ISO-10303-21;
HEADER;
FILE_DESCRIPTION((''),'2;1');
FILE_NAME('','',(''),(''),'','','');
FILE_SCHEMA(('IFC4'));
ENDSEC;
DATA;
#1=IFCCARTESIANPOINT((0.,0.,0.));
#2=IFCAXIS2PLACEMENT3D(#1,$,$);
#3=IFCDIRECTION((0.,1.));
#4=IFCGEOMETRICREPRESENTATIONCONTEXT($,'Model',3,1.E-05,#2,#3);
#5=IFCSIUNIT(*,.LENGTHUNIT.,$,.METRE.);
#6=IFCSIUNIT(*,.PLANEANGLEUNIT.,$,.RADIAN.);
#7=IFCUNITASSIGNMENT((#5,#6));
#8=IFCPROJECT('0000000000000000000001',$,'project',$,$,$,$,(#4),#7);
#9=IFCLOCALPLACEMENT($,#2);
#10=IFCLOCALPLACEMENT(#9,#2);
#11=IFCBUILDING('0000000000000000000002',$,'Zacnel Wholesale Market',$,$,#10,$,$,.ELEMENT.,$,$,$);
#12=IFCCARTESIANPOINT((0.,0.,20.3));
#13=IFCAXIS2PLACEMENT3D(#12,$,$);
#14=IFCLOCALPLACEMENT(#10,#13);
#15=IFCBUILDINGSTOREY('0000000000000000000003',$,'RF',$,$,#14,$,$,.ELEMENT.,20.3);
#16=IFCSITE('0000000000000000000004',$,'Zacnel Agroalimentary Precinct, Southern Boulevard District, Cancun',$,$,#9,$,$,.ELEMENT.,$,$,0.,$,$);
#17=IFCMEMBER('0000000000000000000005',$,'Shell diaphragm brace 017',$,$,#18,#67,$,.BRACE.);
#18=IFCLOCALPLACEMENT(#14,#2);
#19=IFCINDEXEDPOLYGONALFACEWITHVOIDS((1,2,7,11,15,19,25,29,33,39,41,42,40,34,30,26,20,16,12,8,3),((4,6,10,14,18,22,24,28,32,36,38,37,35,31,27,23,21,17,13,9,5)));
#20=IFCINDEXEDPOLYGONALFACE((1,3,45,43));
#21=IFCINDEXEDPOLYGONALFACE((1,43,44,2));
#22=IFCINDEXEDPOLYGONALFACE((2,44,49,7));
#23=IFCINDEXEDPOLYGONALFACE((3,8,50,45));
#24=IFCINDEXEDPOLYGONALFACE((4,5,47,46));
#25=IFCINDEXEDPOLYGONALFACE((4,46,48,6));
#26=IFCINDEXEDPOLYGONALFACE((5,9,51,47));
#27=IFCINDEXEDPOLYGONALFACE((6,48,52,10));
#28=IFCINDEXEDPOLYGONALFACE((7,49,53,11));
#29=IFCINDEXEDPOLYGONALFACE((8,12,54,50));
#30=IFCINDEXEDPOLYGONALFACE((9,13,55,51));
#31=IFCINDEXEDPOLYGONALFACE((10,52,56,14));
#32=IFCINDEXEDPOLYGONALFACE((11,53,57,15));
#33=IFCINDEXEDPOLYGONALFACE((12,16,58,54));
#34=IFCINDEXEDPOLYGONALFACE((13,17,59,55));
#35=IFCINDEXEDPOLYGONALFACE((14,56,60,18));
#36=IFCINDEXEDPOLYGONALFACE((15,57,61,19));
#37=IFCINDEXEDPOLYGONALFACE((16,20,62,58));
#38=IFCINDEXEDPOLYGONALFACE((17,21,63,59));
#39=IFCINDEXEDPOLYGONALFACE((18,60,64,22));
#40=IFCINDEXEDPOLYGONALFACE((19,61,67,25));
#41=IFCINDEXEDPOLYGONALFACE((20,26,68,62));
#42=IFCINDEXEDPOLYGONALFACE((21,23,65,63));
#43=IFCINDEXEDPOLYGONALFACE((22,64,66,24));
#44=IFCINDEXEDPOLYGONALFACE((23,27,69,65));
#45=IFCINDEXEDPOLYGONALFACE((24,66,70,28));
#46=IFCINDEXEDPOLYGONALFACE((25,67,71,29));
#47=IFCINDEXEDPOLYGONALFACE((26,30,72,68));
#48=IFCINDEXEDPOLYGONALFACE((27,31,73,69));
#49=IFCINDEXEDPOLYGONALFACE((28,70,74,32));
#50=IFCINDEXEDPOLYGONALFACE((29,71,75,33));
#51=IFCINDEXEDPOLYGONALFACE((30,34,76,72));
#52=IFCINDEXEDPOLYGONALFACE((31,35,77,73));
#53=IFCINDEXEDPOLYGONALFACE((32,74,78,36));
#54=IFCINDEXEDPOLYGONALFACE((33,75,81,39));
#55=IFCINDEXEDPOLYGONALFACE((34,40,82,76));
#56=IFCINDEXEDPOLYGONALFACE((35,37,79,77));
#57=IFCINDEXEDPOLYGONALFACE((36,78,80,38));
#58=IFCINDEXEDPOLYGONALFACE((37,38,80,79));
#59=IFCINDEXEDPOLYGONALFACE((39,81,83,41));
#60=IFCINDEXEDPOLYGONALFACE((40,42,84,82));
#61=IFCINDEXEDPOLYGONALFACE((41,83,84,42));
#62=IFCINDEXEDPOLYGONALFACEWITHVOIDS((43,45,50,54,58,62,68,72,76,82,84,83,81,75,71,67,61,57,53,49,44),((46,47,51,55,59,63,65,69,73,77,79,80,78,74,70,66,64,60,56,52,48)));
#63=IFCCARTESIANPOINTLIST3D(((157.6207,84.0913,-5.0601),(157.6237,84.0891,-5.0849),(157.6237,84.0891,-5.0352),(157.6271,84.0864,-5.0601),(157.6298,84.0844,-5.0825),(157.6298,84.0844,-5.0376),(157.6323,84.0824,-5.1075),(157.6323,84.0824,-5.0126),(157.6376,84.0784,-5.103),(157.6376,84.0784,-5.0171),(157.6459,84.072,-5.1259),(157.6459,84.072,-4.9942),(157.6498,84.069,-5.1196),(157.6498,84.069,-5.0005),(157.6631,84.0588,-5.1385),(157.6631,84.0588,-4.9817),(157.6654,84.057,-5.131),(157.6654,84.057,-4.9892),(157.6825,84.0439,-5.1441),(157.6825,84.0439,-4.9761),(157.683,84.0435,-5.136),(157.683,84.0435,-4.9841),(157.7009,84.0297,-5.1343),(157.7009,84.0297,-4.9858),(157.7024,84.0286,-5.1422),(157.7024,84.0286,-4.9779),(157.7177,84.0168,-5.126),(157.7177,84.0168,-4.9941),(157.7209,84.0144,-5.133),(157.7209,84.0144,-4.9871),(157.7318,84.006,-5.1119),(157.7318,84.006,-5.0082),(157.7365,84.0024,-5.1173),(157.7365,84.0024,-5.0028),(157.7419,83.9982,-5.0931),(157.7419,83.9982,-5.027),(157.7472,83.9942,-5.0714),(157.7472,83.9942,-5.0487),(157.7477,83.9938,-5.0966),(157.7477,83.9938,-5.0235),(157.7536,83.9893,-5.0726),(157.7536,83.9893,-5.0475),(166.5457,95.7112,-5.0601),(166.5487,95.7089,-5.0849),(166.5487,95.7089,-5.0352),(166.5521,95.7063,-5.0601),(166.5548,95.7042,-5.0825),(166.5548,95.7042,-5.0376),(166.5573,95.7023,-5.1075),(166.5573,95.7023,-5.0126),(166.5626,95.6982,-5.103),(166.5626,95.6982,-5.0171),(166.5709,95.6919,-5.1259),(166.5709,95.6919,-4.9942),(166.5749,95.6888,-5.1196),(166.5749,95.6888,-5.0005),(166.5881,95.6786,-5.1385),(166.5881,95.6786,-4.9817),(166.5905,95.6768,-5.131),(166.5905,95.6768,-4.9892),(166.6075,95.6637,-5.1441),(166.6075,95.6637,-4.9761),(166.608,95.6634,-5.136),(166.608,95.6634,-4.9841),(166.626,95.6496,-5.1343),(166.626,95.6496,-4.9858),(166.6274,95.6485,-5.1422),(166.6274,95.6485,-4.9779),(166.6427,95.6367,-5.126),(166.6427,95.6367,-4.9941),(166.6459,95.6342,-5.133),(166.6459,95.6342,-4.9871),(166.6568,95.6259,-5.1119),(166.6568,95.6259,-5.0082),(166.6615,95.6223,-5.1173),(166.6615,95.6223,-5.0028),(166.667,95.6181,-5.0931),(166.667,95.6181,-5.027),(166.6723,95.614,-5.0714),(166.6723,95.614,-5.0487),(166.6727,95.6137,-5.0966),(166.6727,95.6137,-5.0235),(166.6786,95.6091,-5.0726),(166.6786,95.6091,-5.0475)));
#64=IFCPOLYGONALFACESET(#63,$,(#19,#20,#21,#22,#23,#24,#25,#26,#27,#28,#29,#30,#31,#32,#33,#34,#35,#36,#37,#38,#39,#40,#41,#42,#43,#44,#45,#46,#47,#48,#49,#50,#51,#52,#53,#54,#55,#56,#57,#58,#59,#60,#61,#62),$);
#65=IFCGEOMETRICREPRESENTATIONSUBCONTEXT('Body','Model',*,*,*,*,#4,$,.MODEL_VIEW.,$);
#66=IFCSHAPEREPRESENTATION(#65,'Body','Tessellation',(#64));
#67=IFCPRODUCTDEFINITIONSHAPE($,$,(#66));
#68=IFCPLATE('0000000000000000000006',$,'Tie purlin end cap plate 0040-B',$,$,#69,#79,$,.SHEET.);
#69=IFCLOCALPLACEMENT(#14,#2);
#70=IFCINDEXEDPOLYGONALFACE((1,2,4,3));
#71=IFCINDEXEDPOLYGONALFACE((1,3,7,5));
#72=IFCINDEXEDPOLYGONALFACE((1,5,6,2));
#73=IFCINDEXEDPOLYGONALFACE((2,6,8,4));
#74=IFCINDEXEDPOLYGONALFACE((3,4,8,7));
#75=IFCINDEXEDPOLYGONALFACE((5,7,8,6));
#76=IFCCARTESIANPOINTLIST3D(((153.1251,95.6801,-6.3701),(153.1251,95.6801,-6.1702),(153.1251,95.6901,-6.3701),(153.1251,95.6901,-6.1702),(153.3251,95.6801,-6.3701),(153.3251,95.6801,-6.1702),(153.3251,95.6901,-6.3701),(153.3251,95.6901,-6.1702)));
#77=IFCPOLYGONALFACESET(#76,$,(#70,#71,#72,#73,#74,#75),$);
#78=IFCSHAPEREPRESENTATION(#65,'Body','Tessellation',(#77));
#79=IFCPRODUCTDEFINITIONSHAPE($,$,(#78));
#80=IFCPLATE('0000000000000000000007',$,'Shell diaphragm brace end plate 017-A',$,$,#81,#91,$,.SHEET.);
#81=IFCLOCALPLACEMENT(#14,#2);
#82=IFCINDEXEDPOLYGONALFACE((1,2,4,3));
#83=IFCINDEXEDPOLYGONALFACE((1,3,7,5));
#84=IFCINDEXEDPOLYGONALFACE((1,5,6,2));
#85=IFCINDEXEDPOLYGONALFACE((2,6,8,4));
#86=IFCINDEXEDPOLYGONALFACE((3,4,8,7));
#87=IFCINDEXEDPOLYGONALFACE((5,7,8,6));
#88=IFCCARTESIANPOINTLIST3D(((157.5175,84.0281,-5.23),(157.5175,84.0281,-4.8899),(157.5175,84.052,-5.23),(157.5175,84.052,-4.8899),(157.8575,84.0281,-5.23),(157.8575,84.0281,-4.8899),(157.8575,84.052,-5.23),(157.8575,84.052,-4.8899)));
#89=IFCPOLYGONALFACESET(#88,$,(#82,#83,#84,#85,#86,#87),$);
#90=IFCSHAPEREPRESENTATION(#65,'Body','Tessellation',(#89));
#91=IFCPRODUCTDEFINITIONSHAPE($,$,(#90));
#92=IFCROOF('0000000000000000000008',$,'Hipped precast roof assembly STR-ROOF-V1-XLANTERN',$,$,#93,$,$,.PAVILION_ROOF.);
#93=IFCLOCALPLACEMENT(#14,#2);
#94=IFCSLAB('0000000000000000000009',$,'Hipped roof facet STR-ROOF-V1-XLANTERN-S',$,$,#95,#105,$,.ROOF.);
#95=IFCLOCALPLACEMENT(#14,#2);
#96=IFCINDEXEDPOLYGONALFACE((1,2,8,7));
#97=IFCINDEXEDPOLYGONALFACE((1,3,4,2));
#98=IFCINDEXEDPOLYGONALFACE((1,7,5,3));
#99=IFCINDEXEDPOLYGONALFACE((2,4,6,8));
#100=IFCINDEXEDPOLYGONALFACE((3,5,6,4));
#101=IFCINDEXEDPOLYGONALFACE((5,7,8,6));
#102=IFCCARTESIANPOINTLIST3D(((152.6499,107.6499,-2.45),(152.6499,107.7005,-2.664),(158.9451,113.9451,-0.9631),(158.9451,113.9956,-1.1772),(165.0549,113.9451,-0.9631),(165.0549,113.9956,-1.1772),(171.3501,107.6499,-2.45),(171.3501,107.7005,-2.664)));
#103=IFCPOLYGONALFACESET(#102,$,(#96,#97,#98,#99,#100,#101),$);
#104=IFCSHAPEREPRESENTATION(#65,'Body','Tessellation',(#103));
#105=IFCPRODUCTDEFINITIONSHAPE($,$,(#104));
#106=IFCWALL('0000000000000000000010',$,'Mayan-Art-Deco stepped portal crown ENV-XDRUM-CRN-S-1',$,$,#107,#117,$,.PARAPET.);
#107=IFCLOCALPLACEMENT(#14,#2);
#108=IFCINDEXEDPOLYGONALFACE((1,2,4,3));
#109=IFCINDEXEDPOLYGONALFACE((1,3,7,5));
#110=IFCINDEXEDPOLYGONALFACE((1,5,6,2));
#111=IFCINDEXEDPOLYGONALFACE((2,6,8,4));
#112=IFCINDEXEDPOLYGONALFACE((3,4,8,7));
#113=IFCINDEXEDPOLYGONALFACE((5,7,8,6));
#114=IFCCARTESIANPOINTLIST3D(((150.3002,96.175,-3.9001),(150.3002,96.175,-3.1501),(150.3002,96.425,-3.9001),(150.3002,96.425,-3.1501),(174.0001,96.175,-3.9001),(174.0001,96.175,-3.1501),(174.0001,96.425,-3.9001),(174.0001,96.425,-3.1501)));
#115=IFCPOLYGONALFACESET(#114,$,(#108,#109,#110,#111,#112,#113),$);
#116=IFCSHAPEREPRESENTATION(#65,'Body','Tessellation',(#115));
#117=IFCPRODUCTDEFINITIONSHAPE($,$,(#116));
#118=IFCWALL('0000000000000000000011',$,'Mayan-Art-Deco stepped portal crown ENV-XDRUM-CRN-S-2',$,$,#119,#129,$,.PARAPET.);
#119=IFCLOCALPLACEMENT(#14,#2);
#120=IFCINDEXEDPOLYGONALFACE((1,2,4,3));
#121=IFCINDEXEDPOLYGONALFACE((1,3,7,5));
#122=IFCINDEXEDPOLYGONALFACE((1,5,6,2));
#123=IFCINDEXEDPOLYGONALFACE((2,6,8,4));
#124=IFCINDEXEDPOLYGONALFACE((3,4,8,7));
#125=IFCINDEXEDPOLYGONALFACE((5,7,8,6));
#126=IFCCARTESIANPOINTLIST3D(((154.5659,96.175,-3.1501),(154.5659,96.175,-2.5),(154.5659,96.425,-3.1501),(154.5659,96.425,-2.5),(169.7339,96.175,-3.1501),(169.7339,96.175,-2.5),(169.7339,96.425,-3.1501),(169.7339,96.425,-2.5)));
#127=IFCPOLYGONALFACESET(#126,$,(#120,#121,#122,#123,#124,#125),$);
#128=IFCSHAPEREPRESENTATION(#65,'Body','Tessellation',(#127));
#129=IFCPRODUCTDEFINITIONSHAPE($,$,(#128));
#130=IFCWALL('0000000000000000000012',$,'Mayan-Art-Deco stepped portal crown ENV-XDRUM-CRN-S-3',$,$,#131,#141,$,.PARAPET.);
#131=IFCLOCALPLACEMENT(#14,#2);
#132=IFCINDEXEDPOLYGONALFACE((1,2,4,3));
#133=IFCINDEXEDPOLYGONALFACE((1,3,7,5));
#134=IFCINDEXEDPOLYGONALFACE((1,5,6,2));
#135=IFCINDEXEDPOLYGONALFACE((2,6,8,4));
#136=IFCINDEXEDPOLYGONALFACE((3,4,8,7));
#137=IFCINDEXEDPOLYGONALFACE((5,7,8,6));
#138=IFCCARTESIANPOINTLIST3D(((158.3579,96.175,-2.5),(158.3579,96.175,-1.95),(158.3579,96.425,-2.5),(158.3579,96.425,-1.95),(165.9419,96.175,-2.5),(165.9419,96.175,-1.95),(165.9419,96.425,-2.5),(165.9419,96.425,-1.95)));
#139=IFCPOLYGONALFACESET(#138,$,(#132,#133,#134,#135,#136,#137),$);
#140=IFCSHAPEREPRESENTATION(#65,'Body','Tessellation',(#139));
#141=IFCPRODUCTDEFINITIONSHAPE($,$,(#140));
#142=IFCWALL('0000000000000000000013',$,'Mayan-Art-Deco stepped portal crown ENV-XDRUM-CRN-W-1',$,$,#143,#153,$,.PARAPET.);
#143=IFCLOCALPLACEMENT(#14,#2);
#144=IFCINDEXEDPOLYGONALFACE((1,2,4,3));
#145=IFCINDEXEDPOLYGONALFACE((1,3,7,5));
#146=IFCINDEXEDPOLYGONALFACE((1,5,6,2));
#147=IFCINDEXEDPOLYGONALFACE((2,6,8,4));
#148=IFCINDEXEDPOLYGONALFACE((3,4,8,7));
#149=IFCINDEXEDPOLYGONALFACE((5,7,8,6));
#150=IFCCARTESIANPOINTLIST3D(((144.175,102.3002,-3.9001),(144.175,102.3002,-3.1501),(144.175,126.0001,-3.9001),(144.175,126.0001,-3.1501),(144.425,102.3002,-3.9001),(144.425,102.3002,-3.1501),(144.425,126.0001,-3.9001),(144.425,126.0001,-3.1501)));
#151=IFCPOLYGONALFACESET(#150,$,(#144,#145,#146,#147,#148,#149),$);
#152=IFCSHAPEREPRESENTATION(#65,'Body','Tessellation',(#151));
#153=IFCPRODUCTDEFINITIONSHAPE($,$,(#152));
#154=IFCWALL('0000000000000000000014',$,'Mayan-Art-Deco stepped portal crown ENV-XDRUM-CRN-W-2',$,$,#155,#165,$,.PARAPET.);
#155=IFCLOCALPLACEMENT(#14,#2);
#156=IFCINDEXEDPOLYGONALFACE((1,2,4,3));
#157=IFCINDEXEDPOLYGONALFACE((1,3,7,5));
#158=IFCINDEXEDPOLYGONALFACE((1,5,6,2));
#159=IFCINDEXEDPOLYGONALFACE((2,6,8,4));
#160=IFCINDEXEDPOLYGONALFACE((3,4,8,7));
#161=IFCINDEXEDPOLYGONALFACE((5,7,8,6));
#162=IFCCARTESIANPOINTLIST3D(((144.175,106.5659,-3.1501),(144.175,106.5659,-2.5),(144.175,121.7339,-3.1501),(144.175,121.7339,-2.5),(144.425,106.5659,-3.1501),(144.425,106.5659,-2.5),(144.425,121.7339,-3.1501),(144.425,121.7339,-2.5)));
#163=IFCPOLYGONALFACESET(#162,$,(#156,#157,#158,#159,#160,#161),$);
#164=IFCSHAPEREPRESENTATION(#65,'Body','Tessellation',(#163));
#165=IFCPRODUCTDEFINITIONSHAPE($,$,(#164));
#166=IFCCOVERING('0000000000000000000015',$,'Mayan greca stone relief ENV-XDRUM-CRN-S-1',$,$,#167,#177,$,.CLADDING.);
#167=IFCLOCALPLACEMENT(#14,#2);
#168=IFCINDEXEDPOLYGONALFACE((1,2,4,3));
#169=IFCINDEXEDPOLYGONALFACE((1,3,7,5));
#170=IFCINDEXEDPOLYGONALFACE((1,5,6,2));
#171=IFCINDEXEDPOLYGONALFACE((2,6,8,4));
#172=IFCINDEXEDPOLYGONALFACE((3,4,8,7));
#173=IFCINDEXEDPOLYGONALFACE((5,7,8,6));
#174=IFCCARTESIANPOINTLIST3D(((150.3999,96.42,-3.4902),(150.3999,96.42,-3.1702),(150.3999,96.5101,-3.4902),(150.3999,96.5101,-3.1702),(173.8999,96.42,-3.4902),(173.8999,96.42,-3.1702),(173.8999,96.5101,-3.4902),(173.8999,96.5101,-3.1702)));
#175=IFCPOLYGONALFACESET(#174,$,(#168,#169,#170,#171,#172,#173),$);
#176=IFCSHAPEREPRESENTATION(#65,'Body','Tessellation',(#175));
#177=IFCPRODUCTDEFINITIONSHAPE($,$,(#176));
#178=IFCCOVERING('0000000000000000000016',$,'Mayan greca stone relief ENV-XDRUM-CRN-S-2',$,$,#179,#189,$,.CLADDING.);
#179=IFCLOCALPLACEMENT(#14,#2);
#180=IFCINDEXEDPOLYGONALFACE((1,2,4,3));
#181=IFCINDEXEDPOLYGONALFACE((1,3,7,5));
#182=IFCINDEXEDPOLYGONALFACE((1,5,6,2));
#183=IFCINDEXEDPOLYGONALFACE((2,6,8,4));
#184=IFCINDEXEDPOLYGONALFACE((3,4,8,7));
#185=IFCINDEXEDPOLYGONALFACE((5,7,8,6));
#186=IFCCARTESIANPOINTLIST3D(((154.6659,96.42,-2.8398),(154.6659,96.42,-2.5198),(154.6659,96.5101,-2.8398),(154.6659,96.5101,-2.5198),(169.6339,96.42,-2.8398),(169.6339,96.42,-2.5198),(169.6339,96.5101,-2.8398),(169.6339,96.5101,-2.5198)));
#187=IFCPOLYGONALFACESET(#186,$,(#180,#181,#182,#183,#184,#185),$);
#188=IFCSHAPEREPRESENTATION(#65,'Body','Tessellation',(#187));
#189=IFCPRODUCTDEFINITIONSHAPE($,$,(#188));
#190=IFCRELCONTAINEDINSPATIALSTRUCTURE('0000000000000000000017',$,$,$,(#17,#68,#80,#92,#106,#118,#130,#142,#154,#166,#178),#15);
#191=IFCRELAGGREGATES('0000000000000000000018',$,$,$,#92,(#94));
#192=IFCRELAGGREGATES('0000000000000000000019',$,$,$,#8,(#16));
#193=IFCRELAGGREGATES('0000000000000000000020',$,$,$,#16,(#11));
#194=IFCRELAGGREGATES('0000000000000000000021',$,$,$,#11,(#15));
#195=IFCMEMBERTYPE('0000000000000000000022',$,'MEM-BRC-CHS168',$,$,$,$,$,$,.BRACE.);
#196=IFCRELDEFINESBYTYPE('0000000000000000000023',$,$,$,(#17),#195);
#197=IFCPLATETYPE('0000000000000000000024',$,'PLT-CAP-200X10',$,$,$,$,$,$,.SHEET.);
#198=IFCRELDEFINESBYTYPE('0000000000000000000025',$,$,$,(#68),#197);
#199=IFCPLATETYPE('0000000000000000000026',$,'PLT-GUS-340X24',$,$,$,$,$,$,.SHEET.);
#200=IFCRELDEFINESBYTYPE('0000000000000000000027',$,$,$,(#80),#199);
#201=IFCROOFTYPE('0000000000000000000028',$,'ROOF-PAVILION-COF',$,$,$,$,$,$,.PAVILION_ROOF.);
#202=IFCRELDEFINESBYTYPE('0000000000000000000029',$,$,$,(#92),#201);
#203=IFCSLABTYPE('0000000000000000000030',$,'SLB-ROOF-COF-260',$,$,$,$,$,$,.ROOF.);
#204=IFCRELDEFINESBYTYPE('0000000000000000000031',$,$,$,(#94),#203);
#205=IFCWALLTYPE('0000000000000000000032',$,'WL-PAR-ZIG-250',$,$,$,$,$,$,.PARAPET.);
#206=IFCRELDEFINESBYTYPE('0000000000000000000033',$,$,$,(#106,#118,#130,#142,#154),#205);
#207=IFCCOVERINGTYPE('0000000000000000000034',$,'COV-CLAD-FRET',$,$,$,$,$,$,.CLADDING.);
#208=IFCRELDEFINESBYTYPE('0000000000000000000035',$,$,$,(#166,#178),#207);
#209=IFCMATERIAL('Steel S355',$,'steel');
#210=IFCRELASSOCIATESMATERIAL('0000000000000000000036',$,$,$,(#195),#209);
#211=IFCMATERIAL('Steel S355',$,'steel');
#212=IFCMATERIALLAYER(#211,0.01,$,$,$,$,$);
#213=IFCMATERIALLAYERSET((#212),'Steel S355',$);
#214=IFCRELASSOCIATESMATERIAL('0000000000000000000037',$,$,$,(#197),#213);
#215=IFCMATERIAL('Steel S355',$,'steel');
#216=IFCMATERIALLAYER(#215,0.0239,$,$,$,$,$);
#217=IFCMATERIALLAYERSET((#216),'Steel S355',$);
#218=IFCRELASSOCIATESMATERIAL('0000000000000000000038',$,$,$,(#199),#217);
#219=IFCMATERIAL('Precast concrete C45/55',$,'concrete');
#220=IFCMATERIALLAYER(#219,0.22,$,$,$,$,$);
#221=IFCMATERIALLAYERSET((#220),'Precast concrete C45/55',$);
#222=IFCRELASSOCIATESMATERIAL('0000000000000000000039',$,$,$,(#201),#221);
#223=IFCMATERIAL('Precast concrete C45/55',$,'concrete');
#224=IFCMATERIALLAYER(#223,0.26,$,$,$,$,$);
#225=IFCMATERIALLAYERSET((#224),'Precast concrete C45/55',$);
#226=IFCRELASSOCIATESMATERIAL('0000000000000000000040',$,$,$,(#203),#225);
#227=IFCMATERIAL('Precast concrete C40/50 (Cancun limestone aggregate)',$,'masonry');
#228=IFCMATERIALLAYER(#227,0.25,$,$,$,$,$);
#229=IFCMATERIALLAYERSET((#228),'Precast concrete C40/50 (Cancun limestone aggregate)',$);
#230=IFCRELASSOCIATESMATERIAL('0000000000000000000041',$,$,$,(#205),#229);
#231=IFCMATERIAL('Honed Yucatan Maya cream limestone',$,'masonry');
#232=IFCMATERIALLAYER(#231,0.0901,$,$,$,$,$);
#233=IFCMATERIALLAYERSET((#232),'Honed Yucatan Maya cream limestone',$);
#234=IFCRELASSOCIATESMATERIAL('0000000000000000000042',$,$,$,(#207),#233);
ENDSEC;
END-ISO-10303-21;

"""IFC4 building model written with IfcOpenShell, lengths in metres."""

from ifc_helpers import new_model, si_unit, direction, frame, frame_2d, origin, origin_2d, place, context, subcontext, project, spatial, polyline, rectangle, hollow_circle, outline, extrude, material, layer, layer_set, material_profile, profile_set, type_object, element, aggregate, save


model = new_model("IFC4")

# Units and contexts
model_context = context("Model", 3, precision=1e-05, world=origin(), true_north=direction((0.0, 1.0)))
body_context = subcontext(model_context, "Body", "Model", "MODEL_VIEW")
ifc_project = project(units=[si_unit("LENGTHUNIT", "METRE"), si_unit("PLANEANGLEUNIT", "RADIAN")], contexts=[model_context])

# Site, building, storey
site_placement = place(None, origin())
site = spatial("IfcSite", under=ifc_project, at=site_placement, Name="Zacnel Agroalimentary Precinct, Southern Boulevard District, Cancun", CompositionType="ELEMENT", RefElevation=0.0)
building_placement = place(site_placement, origin())
building = spatial("IfcBuilding", under=site, at=building_placement, Name="Zacnel Wholesale Market", CompositionType="ELEMENT")
storey_placement = place(building_placement, frame((0.0, 0.0, 20.3)))
storey = spatial("IfcBuildingStorey", under=building, at=storey_placement, Name="RF", CompositionType="ELEMENT", Elevation=20.3)

# Member
ifc_material_1 = material(Name="Steel S355", Category="steel")
ifc_material_profile_1 = material_profile(ifc_material_1, hollow_circle(Radius=0.0842, WallThickness=0.0081, at=origin_2d()), Name="CHS 168.3x8")
ifc_profile_set_1 = profile_set([ifc_material_profile_1], Name="Steel S355")
member_type = type_object("IfcMemberType", Name="MEM-BRC-CHS168", PredefinedType="BRACE", material=ifc_profile_set_1)
member_placement = place(storey_placement, frame((157.6875, 84.04, -5.0601), z_axis=(0.60914, 0.793063, 0.0), x_axis=(-0.793063, 0.60914, 0.0)))
element("IfcMember", 1, at=member_placement, inside=storey, type_object=member_type, Name="Shell diaphragm brace 017", PredefinedType="BRACE", context=body_context, shape_type="SweptSolid", body=[
    extrude(hollow_circle(Radius=0.0842, WallThickness=0.0081, at=origin_2d()), origin(), (0.0, 0.0, 1.0), 14.6519),
])

# Plates
ifc_material_2 = material(Name="Steel S355", Category="steel")
ifc_layer_1 = layer(ifc_material_2, 0.01)
ifc_layer_set_1 = layer_set([ifc_layer_1], Name="Steel S355")
plate_type_1 = type_object("IfcPlateType", Name="PLT-CAP-200X10", PredefinedType="SHEET", material=ifc_layer_set_1)
plate_1_placement = place(storey_placement, frame((153.2251, 95.6851, -6.3701), z_axis=(0.0, 0.0, 1.0), x_axis=(1.0, 0.0, 0.0)))
element("IfcPlate", 2, at=plate_1_placement, inside=storey, type_object=plate_type_1, Name="Tie purlin end cap plate 0040-B", PredefinedType="SHEET", context=body_context, shape_type="SweptSolid", body=[
    extrude(rectangle(XDim=0.2, YDim=0.01, at=origin_2d()), origin(), (0.0, 0.0, 1.0), 0.2),
])
ifc_material_3 = material(Name="Steel S355", Category="steel")
ifc_layer_2 = layer(ifc_material_3, 0.0239)
ifc_layer_set_2 = layer_set([ifc_layer_2], Name="Steel S355")
plate_type_2 = type_object("IfcPlateType", Name="PLT-GUS-340X24", PredefinedType="SHEET", material=ifc_layer_set_2)
plate_2_placement = place(storey_placement, frame((157.6875, 84.04, -5.23), z_axis=(0.0, 0.0, 1.0), x_axis=(1.0, 0.0, 0.0)))
element("IfcPlate", 3, at=plate_2_placement, inside=storey, type_object=plate_type_2, Name="Shell diaphragm brace end plate 017-A", PredefinedType="SHEET", context=body_context, shape_type="SweptSolid", body=[
    extrude(rectangle(XDim=0.3401, YDim=0.0239, at=origin_2d()), origin(), (0.0, 0.0, 1.0), 0.3401),
])

# Roof, slab
ifc_material_4 = material(Name="Precast concrete C45/55", Category="concrete")
ifc_layer_3 = layer(ifc_material_4, 0.22)
ifc_layer_set_3 = layer_set([ifc_layer_3], Name="Precast concrete C45/55")
roof_type = type_object("IfcRoofType", Name="ROOF-PAVILION-COF", PredefinedType="PAVILION_ROOF", material=ifc_layer_set_3)
roof_placement = place(storey_placement, origin())
roof = element("IfcRoof", 4, at=roof_placement, inside=storey, type_object=roof_type, Name="Hipped precast roof assembly STR-ROOF-V1-XLANTERN", PredefinedType="PAVILION_ROOF")
ifc_material_5 = material(Name="Precast concrete C45/55", Category="concrete")
ifc_layer_4 = layer(ifc_material_5, 0.26)
ifc_layer_set_4 = layer_set([ifc_layer_4], Name="Precast concrete C45/55")
slab_type = type_object("IfcSlabType", Name="SLB-ROOF-COF-260", PredefinedType="ROOF", material=ifc_layer_set_4)
slab_placement = place(storey_placement, frame((152.6499, 107.6499, -2.45), z_axis=(0.0, -0.22986, 0.973224), x_axis=(1.0, 0.0, 0.0)))
slab = element("IfcSlab", 5, at=slab_placement, type_object=slab_type, Name="Hipped roof facet STR-ROOF-V1-XLANTERN-S", PredefinedType="ROOF", context=body_context, shape_type="SweptSolid", body=[
    extrude(outline(polyline([(0.0, 0.0), (18.7002, 0.0), (12.405, 6.4684), (6.2952, 6.4684), (0.0, 0.0)])), origin(), (0.0, 0.0, -1.0), 0.22),
])
aggregate(roof, [slab])

# Walls
ifc_material_6 = material(Name="Precast concrete C40/50 (Cancun limestone aggregate)", Category="masonry")
ifc_layer_5 = layer(ifc_material_6, 0.25)
ifc_layer_set_5 = layer_set([ifc_layer_5], Name="Precast concrete C40/50 (Cancun limestone aggregate)")
wall_type = type_object("IfcWallType", Name="WL-PAR-ZIG-250", PredefinedType="PARAPET", material=ifc_layer_set_5)
wall_1_placement = place(storey_placement, frame((150.3, 96.3, -3.9001), z_axis=(0.0, 0.0, 1.0), x_axis=(1.0, 0.0, 0.0)))
element("IfcWall", 6, at=wall_1_placement, inside=storey, type_object=wall_type, Name="Mayan-Art-Deco stepped portal crown ENV-XDRUM-CRN-S-1", PredefinedType="PARAPET", context=body_context, shape_type="SweptSolid", body=[
    extrude(rectangle(XDim=23.7, YDim=0.25, at=frame_2d((11.8501, 0.0))), origin(), (0.0, 0.0, 1.0), 0.75),
])
wall_2_placement = place(storey_placement, frame((154.5659, 96.3, -3.1501), z_axis=(0.0, 0.0, 1.0), x_axis=(1.0, 0.0, 0.0)))
element("IfcWall", 7, at=wall_2_placement, inside=storey, type_object=wall_type, Name="Mayan-Art-Deco stepped portal crown ENV-XDRUM-CRN-S-2", PredefinedType="PARAPET", context=body_context, shape_type="SweptSolid", body=[
    extrude(rectangle(XDim=15.168, YDim=0.25, at=frame_2d((7.584, 0.0))), origin(), (0.0, 0.0, 1.0), 0.6501),
])
wall_3_placement = place(storey_placement, frame((158.3579, 96.3, -2.5), z_axis=(0.0, 0.0, 1.0), x_axis=(1.0, 0.0, 0.0)))
element("IfcWall", 8, at=wall_3_placement, inside=storey, type_object=wall_type, Name="Mayan-Art-Deco stepped portal crown ENV-XDRUM-CRN-S-3", PredefinedType="PARAPET", context=body_context, shape_type="SweptSolid", body=[
    extrude(rectangle(XDim=7.584, YDim=0.25, at=frame_2d((3.792, 0.0))), origin(), (0.0, 0.0, 1.0), 0.55),
])
wall_4_placement = place(storey_placement, frame((144.3, 102.3, -3.9001), z_axis=(0.0, 0.0, 1.0), x_axis=(0.0, 1.0, 0.0)))
element("IfcWall", 9, at=wall_4_placement, inside=storey, type_object=wall_type, Name="Mayan-Art-Deco stepped portal crown ENV-XDRUM-CRN-W-1", PredefinedType="PARAPET", context=body_context, shape_type="SweptSolid", body=[
    extrude(rectangle(XDim=23.7, YDim=0.25, at=frame_2d((11.8501, 0.0))), origin(), (0.0, 0.0, 1.0), 0.75),
])
wall_5_placement = place(storey_placement, frame((144.3, 106.5659, -3.1501), z_axis=(0.0, 0.0, 1.0), x_axis=(0.0, 1.0, 0.0)))
element("IfcWall", 10, at=wall_5_placement, inside=storey, type_object=wall_type, Name="Mayan-Art-Deco stepped portal crown ENV-XDRUM-CRN-W-2", PredefinedType="PARAPET", context=body_context, shape_type="SweptSolid", body=[
    extrude(rectangle(XDim=15.168, YDim=0.25, at=frame_2d((7.584, 0.0))), origin(), (0.0, 0.0, 1.0), 0.6501),
])

# Coverings
ifc_material_7 = material(Name="Honed Yucatan Maya cream limestone", Category="masonry")
ifc_layer_6 = layer(ifc_material_7, 0.0901)
ifc_layer_set_6 = layer_set([ifc_layer_6], Name="Honed Yucatan Maya cream limestone")
covering_type = type_object("IfcCoveringType", Name="COV-CLAD-FRET", PredefinedType="CLADDING", material=ifc_layer_set_6)
covering_1_placement = place(storey_placement, frame((162.1499, 96.4651, -3.4902), z_axis=(0.0, 0.0, 1.0), x_axis=(1.0, 0.0, 0.0)))
element("IfcCovering", 11, at=covering_1_placement, inside=storey, type_object=covering_type, Name="Mayan greca stone relief ENV-XDRUM-CRN-S-1", PredefinedType="CLADDING", context=body_context, shape_type="SweptSolid", body=[
    extrude(rectangle(XDim=23.5, YDim=0.0901, at=origin_2d()), origin(), (0.0, 0.0, 1.0), 0.3201),
])
covering_2_placement = place(storey_placement, frame((162.1499, 96.4651, -2.8398), z_axis=(0.0, 0.0, 1.0), x_axis=(1.0, 0.0, 0.0)))
element("IfcCovering", 12, at=covering_2_placement, inside=storey, type_object=covering_type, Name="Mayan greca stone relief ENV-XDRUM-CRN-S-2", PredefinedType="CLADDING", context=body_context, shape_type="SweptSolid", body=[
    extrude(rectangle(XDim=14.968, YDim=0.0901, at=origin_2d()), origin(), (0.0, 0.0, 1.0), 0.3201),
])

save(model, "model.ifc")
